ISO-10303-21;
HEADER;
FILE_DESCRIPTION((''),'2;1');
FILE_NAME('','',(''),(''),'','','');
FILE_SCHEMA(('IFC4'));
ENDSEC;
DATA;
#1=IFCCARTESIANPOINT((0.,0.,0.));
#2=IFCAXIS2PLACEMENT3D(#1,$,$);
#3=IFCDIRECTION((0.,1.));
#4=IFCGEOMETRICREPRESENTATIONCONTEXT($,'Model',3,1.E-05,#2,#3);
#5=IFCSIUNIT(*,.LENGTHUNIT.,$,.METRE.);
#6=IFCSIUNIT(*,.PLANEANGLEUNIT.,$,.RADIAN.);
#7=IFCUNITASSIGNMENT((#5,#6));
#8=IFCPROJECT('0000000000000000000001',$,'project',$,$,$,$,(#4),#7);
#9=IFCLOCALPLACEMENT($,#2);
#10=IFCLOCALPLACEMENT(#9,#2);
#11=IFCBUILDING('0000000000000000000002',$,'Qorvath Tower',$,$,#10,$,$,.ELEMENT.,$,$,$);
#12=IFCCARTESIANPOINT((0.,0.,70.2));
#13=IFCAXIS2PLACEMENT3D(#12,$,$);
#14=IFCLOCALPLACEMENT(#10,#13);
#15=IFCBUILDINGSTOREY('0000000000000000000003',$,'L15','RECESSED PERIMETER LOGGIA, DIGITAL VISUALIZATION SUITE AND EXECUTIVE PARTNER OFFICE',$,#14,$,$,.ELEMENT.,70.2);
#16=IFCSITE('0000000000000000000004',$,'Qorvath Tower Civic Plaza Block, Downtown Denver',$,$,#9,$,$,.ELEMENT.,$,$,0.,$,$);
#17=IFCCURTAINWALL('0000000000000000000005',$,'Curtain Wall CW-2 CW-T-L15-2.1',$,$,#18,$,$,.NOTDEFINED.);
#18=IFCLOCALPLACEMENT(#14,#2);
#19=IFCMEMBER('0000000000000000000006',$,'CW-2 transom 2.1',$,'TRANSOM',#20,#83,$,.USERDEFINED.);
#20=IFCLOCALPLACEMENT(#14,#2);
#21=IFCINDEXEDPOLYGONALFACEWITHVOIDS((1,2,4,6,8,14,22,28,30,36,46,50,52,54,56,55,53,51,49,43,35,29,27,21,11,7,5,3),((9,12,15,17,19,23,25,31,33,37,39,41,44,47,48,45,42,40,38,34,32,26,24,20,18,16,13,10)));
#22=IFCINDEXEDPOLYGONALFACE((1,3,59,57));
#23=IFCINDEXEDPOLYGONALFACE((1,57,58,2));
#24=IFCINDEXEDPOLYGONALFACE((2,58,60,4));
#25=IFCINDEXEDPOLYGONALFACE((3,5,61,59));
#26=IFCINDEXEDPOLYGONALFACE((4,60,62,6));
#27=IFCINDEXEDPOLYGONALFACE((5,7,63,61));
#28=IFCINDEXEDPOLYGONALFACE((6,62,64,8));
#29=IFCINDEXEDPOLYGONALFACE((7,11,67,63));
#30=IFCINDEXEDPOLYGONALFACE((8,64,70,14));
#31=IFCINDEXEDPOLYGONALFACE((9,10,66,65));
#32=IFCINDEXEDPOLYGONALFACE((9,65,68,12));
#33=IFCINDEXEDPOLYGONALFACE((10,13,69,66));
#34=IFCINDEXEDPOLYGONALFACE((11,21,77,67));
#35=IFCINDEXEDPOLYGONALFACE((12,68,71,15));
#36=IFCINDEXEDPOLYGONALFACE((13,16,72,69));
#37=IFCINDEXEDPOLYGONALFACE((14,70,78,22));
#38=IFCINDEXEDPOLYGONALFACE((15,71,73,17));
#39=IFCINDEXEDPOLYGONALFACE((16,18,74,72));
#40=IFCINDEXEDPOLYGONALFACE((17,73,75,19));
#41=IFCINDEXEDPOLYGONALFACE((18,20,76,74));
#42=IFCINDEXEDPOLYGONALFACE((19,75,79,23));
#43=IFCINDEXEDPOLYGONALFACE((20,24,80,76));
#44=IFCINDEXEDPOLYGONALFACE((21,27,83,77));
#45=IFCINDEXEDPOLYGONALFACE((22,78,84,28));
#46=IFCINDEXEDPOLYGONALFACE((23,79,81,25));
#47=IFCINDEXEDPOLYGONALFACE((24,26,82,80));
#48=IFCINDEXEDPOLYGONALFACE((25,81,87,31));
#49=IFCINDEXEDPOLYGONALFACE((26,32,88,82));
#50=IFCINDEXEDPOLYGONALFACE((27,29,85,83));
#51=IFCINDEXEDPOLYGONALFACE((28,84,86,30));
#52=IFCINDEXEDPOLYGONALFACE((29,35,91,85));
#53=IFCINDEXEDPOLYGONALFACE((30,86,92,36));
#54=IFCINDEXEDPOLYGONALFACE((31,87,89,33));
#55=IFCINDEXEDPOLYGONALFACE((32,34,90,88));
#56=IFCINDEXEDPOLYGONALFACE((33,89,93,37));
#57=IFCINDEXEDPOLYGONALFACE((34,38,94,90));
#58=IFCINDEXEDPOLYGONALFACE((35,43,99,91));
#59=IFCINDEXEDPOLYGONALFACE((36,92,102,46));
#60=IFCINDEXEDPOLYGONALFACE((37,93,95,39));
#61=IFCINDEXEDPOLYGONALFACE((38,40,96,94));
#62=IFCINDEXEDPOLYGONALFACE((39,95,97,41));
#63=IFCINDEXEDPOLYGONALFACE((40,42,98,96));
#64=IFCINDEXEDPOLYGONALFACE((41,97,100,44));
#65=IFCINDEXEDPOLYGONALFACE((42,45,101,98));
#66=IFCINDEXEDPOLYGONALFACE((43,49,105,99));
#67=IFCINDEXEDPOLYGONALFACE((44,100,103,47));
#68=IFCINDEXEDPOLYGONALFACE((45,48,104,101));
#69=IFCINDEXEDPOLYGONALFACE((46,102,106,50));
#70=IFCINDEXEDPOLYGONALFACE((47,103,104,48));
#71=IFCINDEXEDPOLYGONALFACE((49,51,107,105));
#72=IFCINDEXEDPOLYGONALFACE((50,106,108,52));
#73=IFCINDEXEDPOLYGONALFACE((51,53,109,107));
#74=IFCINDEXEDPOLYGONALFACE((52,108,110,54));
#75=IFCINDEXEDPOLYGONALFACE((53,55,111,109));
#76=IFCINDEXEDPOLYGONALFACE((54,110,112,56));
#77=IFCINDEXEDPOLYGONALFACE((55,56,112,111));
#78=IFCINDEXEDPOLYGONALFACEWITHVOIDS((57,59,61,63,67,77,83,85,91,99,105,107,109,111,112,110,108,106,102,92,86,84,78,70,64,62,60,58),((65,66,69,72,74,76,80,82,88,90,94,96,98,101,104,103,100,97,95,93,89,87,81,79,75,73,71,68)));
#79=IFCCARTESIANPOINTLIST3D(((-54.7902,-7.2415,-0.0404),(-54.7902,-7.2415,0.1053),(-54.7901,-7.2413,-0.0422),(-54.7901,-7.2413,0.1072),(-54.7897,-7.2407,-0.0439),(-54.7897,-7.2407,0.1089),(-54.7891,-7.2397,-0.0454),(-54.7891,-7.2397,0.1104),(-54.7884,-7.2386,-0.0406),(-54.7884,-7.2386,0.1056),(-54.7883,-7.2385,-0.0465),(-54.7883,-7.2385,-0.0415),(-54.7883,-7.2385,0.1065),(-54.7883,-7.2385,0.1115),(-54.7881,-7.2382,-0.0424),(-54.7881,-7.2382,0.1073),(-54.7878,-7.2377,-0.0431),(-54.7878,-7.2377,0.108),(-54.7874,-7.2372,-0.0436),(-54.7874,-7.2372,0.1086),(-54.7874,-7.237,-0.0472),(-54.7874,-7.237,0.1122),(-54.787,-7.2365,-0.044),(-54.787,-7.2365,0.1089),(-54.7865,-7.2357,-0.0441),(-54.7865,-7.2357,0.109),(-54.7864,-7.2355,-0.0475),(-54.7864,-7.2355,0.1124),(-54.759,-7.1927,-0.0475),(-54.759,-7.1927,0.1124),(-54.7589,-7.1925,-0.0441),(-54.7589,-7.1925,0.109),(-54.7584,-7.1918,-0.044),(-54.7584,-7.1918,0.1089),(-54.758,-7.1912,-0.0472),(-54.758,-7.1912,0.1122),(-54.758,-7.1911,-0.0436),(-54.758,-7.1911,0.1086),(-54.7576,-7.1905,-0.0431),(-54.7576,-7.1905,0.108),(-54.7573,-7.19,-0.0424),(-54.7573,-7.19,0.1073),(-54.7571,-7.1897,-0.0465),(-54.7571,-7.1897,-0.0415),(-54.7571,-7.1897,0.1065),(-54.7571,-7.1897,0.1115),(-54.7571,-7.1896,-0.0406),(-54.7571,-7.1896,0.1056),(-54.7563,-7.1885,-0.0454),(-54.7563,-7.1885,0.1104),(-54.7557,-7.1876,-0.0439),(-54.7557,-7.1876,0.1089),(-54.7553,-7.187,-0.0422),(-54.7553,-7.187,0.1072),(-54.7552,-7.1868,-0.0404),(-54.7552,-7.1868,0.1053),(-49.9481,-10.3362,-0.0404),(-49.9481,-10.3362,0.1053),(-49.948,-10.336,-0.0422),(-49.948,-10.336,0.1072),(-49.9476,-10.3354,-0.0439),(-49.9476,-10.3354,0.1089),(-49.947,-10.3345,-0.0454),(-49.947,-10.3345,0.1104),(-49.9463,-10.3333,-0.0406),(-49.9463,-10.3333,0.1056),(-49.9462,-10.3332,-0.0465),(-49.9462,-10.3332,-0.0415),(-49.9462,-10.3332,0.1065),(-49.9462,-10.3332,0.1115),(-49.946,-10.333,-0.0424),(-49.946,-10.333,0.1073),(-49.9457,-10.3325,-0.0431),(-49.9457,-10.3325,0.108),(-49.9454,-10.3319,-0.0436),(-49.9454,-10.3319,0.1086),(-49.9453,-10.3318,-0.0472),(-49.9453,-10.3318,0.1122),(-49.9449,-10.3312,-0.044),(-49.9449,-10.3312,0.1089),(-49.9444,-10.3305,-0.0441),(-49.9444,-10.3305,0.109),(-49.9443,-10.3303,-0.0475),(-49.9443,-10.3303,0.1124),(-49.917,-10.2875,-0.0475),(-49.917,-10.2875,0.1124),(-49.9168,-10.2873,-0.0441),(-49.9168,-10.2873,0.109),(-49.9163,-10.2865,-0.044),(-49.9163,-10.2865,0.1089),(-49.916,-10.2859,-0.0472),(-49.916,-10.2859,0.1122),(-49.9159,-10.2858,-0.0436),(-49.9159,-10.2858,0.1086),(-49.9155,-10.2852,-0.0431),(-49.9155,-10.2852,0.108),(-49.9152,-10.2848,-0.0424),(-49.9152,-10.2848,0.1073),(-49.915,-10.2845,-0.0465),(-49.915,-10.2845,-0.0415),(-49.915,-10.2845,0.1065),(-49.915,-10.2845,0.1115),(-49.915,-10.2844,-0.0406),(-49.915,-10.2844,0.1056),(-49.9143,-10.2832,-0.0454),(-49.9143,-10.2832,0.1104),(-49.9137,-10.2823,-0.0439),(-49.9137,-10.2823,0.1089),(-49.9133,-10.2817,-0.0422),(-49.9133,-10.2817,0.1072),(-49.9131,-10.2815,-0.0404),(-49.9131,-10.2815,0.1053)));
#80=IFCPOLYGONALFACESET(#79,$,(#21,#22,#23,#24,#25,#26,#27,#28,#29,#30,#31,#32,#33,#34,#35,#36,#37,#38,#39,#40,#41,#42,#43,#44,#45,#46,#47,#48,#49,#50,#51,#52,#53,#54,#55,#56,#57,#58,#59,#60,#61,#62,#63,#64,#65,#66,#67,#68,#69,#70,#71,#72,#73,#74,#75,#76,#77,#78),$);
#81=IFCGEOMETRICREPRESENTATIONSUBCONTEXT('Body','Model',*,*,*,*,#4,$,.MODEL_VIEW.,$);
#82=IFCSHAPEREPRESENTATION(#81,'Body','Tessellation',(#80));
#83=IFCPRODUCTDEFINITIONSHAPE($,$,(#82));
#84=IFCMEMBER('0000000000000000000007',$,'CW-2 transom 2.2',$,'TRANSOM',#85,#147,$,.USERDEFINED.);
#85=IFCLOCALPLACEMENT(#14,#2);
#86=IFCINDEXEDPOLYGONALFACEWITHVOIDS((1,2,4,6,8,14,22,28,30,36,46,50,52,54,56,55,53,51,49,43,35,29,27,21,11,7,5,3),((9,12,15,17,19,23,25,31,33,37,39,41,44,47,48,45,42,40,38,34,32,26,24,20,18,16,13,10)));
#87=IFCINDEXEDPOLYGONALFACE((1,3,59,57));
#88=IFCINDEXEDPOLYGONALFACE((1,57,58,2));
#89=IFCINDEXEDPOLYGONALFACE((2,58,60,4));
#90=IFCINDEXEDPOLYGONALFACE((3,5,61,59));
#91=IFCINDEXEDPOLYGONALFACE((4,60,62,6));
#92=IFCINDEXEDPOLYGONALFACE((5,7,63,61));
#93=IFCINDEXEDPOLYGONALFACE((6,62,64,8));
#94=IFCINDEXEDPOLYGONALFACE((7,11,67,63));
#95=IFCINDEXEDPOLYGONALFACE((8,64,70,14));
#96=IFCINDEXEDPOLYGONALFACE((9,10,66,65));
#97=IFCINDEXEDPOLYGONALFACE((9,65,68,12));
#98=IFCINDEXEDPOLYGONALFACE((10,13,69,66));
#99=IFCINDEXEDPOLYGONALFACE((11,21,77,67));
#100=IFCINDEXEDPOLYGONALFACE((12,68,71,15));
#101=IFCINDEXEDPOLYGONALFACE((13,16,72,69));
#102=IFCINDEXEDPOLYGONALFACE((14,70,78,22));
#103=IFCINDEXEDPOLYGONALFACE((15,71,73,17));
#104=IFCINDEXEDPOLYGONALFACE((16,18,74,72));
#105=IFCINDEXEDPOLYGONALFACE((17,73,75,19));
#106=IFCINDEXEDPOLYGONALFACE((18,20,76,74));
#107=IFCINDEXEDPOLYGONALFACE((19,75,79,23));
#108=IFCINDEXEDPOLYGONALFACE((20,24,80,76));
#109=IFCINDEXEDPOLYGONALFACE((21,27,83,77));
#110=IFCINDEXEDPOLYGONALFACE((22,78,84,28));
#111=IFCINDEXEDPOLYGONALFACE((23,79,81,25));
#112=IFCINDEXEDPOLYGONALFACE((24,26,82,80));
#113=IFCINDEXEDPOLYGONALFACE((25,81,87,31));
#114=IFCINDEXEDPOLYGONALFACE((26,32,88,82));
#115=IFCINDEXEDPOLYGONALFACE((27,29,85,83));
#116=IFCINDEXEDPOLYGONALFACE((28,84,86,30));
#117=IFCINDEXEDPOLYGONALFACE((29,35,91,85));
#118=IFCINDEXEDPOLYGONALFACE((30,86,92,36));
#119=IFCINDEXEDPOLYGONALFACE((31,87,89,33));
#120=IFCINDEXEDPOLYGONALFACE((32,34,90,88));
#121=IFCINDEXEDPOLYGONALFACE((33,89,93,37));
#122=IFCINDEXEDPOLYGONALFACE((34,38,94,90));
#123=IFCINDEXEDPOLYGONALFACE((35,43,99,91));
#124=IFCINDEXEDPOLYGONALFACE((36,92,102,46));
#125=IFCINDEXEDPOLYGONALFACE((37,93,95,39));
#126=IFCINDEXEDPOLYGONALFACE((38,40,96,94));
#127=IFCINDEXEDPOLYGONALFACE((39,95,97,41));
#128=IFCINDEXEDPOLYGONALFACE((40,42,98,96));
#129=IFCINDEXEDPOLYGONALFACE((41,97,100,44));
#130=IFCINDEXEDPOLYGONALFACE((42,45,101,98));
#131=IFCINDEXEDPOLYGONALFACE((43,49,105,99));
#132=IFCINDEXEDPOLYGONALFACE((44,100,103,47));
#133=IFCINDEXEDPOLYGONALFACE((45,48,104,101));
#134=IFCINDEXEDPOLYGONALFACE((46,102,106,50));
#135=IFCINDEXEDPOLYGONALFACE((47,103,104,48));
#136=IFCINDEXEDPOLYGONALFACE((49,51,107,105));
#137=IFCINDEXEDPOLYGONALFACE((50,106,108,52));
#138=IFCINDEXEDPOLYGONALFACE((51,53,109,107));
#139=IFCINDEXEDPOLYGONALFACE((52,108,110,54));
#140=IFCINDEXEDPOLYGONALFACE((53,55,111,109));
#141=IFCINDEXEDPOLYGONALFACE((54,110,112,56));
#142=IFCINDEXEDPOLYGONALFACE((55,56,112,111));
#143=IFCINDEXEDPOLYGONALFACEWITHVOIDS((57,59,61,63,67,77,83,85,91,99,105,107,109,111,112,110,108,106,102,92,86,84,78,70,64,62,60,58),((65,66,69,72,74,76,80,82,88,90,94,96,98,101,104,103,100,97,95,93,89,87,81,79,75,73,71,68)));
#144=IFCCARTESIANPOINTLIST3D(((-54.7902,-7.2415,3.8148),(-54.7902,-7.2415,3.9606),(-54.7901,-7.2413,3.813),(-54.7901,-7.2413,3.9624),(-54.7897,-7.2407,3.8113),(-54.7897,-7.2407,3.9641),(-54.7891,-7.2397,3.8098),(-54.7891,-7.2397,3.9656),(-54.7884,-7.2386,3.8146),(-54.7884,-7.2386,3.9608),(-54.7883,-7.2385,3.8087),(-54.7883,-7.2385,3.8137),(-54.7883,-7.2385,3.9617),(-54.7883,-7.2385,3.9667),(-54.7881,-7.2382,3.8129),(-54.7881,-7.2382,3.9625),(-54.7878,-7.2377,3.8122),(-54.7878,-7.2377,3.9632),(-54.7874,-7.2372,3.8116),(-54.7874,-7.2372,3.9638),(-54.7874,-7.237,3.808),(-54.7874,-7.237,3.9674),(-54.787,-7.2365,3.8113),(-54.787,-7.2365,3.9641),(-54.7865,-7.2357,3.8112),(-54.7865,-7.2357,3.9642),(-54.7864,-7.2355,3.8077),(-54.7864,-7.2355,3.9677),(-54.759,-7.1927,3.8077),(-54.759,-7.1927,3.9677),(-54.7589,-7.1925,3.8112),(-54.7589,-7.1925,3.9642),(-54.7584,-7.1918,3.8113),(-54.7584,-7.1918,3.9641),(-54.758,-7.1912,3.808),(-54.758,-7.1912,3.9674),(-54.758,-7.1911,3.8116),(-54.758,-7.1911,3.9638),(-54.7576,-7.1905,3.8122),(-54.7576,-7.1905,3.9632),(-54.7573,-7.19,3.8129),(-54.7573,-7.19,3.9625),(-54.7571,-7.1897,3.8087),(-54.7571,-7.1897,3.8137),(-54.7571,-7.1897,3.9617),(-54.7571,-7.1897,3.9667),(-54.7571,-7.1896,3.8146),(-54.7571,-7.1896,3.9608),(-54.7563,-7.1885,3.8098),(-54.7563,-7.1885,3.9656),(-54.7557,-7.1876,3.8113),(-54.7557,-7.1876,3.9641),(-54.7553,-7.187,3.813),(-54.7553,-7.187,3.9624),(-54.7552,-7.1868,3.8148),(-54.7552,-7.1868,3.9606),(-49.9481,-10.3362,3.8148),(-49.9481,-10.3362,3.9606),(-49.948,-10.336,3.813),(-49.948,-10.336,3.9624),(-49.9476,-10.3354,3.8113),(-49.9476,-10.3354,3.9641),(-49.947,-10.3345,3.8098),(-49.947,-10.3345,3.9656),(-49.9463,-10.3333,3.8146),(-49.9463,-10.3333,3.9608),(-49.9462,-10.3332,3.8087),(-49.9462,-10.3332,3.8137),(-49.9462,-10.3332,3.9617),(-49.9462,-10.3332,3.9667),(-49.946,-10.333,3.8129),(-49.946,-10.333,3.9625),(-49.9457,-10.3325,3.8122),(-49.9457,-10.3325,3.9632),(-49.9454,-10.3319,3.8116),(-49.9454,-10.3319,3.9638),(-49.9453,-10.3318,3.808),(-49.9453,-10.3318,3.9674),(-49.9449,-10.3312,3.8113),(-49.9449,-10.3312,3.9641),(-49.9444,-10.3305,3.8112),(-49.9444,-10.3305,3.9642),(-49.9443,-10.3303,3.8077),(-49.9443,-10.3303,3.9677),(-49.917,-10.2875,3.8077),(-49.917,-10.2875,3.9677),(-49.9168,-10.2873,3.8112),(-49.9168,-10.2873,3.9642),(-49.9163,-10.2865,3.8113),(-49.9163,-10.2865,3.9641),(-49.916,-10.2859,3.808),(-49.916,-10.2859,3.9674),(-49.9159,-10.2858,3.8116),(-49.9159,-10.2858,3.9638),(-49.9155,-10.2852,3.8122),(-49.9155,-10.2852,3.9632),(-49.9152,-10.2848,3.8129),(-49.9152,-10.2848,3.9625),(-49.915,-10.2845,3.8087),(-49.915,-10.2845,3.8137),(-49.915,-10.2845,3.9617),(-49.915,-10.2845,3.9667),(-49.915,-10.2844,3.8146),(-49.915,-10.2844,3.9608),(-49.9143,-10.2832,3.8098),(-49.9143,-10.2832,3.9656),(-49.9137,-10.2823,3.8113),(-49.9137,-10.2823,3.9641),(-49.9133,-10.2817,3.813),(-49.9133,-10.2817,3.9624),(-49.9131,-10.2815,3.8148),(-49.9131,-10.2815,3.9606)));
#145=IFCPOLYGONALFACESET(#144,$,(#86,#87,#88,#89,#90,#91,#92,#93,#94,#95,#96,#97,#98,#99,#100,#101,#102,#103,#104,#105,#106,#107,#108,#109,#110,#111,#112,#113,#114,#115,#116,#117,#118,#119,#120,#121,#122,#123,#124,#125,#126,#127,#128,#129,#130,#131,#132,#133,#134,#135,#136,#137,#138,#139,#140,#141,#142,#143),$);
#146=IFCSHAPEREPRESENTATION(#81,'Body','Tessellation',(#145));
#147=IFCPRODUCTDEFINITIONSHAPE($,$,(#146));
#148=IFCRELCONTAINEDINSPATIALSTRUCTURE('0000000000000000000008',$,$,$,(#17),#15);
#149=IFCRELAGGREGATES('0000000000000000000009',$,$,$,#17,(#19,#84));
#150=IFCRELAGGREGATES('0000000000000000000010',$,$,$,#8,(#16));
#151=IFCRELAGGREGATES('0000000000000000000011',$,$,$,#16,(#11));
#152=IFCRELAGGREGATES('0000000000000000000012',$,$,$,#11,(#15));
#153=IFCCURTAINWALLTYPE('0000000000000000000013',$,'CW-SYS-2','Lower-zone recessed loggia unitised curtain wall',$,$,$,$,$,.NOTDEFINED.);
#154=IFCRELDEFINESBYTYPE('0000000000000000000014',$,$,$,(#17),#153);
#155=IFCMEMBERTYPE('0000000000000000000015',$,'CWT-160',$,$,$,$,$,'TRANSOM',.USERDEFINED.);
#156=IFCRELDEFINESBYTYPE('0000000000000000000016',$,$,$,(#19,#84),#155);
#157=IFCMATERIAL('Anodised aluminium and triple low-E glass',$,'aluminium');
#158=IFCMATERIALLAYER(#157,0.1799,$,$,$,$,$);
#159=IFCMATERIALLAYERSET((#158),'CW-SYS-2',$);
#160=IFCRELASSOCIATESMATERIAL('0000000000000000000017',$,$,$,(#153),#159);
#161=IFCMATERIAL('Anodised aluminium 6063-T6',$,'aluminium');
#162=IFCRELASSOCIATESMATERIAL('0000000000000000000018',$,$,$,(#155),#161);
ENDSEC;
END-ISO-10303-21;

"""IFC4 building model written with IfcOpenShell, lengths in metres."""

from ifc_helpers import new_model, si_unit, direction, frame, origin, origin_2d, place, context, subcontext, project, spatial, hollow_rectangle, extrude, material, layer, layer_set, material_profile, profile_set, type_object, element, aggregate, save


model = new_model("IFC4")

# Units and contexts
model_context = context("Model", 3, precision=1e-05, world=origin(), true_north=direction((0.0, 1.0)))
body_context = subcontext(model_context, "Body", "Model", "MODEL_VIEW")
ifc_project = project(units=[si_unit("LENGTHUNIT", "METRE"), si_unit("PLANEANGLEUNIT", "RADIAN")], contexts=[model_context])

# Site, building, storey
site_placement = place(None, origin())
site = spatial("IfcSite", under=ifc_project, at=site_placement, Name="Qorvath Tower Civic Plaza Block, Downtown Denver", CompositionType="ELEMENT", RefElevation=0.0)
building_placement = place(site_placement, origin())
building = spatial("IfcBuilding", under=site, at=building_placement, Name="Qorvath Tower", CompositionType="ELEMENT")
storey_placement = place(building_placement, frame((0.0, 0.0, 70.2)))
storey = spatial("IfcBuildingStorey", under=building, at=storey_placement, Name="L15", Description="RECESSED PERIMETER LOGGIA, DIGITAL VISUALIZATION SUITE AND EXECUTIVE PARTNER OFFICE", CompositionType="ELEMENT", Elevation=70.2)

# Curtain wall, members
ifc_material_1 = material(Name="Anodised aluminium and triple low-E glass", Category="aluminium")
ifc_layer_1 = layer(ifc_material_1, 0.1799)
ifc_layer_set_1 = layer_set([ifc_layer_1], Name="CW-SYS-2")
curtain_wall_type = type_object("IfcCurtainWallType", Name="CW-SYS-2", Description="Lower-zone recessed loggia unitised curtain wall", PredefinedType="NOTDEFINED", material=ifc_layer_set_1)
curtain_wall_placement = place(storey_placement, origin())
curtain_wall = element("IfcCurtainWall", 1, at=curtain_wall_placement, inside=storey, type_object=curtain_wall_type, Name="Curtain Wall CW-2 CW-T-L15-2.1", PredefinedType="NOTDEFINED")
ifc_material_2 = material(Name="Anodised aluminium 6063-T6", Category="aluminium")
ifc_material_profile_1 = material_profile(ifc_material_2, hollow_rectangle(XDim=0.0649, YDim=0.1599, WallThickness=0.0034, InnerFilletRadius=0.0034, OuterFilletRadius=0.0071, at=origin_2d()), Name="CWT 160x65")
ifc_profile_set_1 = profile_set([ifc_material_profile_1], Name="Anodised aluminium 6063-T6")
member_type_1 = type_object("IfcMemberType", Name="CWT-160", ElementType="TRANSOM", PredefinedType="USERDEFINED", material=ifc_profile_set_1)
member_1_placement = place(storey_placement, frame((-54.7727, -7.2141, 0.0325), z_axis=(0.842601, -0.538538, 0.0), x_axis=(0.538538, 0.842601, 0.0)))
member_1 = element("IfcMember", 2, at=member_1_placement, type_object=member_type_1, Name="CW-2 transom 2.1", ObjectType="TRANSOM", PredefinedType="USERDEFINED", context=body_context, shape_type="SweptSolid", body=[
    extrude(hollow_rectangle(XDim=0.0649, YDim=0.1599, WallThickness=0.0034, InnerFilletRadius=0.0034, OuterFilletRadius=0.0071, at=origin_2d()), origin(), (0.0, 0.0, 1.0), 5.7466),
])
member_2_placement = place(storey_placement, frame((-54.7727, -7.2141, 3.8877), z_axis=(0.842601, -0.538538, 0.0), x_axis=(0.538538, 0.842601, 0.0)))
member_2 = element("IfcMember", 3, at=member_2_placement, type_object=member_type_1, Name="CW-2 transom 2.2", ObjectType="TRANSOM", PredefinedType="USERDEFINED", context=body_context, shape_type="SweptSolid", body=[
    extrude(hollow_rectangle(XDim=0.0649, YDim=0.1599, WallThickness=0.0034, InnerFilletRadius=0.0034, OuterFilletRadius=0.0071, at=origin_2d()), origin(), (0.0, 0.0, 1.0), 5.7466),
])
aggregate(curtain_wall, [member_1, member_2])

save(model, "model.ifc")
